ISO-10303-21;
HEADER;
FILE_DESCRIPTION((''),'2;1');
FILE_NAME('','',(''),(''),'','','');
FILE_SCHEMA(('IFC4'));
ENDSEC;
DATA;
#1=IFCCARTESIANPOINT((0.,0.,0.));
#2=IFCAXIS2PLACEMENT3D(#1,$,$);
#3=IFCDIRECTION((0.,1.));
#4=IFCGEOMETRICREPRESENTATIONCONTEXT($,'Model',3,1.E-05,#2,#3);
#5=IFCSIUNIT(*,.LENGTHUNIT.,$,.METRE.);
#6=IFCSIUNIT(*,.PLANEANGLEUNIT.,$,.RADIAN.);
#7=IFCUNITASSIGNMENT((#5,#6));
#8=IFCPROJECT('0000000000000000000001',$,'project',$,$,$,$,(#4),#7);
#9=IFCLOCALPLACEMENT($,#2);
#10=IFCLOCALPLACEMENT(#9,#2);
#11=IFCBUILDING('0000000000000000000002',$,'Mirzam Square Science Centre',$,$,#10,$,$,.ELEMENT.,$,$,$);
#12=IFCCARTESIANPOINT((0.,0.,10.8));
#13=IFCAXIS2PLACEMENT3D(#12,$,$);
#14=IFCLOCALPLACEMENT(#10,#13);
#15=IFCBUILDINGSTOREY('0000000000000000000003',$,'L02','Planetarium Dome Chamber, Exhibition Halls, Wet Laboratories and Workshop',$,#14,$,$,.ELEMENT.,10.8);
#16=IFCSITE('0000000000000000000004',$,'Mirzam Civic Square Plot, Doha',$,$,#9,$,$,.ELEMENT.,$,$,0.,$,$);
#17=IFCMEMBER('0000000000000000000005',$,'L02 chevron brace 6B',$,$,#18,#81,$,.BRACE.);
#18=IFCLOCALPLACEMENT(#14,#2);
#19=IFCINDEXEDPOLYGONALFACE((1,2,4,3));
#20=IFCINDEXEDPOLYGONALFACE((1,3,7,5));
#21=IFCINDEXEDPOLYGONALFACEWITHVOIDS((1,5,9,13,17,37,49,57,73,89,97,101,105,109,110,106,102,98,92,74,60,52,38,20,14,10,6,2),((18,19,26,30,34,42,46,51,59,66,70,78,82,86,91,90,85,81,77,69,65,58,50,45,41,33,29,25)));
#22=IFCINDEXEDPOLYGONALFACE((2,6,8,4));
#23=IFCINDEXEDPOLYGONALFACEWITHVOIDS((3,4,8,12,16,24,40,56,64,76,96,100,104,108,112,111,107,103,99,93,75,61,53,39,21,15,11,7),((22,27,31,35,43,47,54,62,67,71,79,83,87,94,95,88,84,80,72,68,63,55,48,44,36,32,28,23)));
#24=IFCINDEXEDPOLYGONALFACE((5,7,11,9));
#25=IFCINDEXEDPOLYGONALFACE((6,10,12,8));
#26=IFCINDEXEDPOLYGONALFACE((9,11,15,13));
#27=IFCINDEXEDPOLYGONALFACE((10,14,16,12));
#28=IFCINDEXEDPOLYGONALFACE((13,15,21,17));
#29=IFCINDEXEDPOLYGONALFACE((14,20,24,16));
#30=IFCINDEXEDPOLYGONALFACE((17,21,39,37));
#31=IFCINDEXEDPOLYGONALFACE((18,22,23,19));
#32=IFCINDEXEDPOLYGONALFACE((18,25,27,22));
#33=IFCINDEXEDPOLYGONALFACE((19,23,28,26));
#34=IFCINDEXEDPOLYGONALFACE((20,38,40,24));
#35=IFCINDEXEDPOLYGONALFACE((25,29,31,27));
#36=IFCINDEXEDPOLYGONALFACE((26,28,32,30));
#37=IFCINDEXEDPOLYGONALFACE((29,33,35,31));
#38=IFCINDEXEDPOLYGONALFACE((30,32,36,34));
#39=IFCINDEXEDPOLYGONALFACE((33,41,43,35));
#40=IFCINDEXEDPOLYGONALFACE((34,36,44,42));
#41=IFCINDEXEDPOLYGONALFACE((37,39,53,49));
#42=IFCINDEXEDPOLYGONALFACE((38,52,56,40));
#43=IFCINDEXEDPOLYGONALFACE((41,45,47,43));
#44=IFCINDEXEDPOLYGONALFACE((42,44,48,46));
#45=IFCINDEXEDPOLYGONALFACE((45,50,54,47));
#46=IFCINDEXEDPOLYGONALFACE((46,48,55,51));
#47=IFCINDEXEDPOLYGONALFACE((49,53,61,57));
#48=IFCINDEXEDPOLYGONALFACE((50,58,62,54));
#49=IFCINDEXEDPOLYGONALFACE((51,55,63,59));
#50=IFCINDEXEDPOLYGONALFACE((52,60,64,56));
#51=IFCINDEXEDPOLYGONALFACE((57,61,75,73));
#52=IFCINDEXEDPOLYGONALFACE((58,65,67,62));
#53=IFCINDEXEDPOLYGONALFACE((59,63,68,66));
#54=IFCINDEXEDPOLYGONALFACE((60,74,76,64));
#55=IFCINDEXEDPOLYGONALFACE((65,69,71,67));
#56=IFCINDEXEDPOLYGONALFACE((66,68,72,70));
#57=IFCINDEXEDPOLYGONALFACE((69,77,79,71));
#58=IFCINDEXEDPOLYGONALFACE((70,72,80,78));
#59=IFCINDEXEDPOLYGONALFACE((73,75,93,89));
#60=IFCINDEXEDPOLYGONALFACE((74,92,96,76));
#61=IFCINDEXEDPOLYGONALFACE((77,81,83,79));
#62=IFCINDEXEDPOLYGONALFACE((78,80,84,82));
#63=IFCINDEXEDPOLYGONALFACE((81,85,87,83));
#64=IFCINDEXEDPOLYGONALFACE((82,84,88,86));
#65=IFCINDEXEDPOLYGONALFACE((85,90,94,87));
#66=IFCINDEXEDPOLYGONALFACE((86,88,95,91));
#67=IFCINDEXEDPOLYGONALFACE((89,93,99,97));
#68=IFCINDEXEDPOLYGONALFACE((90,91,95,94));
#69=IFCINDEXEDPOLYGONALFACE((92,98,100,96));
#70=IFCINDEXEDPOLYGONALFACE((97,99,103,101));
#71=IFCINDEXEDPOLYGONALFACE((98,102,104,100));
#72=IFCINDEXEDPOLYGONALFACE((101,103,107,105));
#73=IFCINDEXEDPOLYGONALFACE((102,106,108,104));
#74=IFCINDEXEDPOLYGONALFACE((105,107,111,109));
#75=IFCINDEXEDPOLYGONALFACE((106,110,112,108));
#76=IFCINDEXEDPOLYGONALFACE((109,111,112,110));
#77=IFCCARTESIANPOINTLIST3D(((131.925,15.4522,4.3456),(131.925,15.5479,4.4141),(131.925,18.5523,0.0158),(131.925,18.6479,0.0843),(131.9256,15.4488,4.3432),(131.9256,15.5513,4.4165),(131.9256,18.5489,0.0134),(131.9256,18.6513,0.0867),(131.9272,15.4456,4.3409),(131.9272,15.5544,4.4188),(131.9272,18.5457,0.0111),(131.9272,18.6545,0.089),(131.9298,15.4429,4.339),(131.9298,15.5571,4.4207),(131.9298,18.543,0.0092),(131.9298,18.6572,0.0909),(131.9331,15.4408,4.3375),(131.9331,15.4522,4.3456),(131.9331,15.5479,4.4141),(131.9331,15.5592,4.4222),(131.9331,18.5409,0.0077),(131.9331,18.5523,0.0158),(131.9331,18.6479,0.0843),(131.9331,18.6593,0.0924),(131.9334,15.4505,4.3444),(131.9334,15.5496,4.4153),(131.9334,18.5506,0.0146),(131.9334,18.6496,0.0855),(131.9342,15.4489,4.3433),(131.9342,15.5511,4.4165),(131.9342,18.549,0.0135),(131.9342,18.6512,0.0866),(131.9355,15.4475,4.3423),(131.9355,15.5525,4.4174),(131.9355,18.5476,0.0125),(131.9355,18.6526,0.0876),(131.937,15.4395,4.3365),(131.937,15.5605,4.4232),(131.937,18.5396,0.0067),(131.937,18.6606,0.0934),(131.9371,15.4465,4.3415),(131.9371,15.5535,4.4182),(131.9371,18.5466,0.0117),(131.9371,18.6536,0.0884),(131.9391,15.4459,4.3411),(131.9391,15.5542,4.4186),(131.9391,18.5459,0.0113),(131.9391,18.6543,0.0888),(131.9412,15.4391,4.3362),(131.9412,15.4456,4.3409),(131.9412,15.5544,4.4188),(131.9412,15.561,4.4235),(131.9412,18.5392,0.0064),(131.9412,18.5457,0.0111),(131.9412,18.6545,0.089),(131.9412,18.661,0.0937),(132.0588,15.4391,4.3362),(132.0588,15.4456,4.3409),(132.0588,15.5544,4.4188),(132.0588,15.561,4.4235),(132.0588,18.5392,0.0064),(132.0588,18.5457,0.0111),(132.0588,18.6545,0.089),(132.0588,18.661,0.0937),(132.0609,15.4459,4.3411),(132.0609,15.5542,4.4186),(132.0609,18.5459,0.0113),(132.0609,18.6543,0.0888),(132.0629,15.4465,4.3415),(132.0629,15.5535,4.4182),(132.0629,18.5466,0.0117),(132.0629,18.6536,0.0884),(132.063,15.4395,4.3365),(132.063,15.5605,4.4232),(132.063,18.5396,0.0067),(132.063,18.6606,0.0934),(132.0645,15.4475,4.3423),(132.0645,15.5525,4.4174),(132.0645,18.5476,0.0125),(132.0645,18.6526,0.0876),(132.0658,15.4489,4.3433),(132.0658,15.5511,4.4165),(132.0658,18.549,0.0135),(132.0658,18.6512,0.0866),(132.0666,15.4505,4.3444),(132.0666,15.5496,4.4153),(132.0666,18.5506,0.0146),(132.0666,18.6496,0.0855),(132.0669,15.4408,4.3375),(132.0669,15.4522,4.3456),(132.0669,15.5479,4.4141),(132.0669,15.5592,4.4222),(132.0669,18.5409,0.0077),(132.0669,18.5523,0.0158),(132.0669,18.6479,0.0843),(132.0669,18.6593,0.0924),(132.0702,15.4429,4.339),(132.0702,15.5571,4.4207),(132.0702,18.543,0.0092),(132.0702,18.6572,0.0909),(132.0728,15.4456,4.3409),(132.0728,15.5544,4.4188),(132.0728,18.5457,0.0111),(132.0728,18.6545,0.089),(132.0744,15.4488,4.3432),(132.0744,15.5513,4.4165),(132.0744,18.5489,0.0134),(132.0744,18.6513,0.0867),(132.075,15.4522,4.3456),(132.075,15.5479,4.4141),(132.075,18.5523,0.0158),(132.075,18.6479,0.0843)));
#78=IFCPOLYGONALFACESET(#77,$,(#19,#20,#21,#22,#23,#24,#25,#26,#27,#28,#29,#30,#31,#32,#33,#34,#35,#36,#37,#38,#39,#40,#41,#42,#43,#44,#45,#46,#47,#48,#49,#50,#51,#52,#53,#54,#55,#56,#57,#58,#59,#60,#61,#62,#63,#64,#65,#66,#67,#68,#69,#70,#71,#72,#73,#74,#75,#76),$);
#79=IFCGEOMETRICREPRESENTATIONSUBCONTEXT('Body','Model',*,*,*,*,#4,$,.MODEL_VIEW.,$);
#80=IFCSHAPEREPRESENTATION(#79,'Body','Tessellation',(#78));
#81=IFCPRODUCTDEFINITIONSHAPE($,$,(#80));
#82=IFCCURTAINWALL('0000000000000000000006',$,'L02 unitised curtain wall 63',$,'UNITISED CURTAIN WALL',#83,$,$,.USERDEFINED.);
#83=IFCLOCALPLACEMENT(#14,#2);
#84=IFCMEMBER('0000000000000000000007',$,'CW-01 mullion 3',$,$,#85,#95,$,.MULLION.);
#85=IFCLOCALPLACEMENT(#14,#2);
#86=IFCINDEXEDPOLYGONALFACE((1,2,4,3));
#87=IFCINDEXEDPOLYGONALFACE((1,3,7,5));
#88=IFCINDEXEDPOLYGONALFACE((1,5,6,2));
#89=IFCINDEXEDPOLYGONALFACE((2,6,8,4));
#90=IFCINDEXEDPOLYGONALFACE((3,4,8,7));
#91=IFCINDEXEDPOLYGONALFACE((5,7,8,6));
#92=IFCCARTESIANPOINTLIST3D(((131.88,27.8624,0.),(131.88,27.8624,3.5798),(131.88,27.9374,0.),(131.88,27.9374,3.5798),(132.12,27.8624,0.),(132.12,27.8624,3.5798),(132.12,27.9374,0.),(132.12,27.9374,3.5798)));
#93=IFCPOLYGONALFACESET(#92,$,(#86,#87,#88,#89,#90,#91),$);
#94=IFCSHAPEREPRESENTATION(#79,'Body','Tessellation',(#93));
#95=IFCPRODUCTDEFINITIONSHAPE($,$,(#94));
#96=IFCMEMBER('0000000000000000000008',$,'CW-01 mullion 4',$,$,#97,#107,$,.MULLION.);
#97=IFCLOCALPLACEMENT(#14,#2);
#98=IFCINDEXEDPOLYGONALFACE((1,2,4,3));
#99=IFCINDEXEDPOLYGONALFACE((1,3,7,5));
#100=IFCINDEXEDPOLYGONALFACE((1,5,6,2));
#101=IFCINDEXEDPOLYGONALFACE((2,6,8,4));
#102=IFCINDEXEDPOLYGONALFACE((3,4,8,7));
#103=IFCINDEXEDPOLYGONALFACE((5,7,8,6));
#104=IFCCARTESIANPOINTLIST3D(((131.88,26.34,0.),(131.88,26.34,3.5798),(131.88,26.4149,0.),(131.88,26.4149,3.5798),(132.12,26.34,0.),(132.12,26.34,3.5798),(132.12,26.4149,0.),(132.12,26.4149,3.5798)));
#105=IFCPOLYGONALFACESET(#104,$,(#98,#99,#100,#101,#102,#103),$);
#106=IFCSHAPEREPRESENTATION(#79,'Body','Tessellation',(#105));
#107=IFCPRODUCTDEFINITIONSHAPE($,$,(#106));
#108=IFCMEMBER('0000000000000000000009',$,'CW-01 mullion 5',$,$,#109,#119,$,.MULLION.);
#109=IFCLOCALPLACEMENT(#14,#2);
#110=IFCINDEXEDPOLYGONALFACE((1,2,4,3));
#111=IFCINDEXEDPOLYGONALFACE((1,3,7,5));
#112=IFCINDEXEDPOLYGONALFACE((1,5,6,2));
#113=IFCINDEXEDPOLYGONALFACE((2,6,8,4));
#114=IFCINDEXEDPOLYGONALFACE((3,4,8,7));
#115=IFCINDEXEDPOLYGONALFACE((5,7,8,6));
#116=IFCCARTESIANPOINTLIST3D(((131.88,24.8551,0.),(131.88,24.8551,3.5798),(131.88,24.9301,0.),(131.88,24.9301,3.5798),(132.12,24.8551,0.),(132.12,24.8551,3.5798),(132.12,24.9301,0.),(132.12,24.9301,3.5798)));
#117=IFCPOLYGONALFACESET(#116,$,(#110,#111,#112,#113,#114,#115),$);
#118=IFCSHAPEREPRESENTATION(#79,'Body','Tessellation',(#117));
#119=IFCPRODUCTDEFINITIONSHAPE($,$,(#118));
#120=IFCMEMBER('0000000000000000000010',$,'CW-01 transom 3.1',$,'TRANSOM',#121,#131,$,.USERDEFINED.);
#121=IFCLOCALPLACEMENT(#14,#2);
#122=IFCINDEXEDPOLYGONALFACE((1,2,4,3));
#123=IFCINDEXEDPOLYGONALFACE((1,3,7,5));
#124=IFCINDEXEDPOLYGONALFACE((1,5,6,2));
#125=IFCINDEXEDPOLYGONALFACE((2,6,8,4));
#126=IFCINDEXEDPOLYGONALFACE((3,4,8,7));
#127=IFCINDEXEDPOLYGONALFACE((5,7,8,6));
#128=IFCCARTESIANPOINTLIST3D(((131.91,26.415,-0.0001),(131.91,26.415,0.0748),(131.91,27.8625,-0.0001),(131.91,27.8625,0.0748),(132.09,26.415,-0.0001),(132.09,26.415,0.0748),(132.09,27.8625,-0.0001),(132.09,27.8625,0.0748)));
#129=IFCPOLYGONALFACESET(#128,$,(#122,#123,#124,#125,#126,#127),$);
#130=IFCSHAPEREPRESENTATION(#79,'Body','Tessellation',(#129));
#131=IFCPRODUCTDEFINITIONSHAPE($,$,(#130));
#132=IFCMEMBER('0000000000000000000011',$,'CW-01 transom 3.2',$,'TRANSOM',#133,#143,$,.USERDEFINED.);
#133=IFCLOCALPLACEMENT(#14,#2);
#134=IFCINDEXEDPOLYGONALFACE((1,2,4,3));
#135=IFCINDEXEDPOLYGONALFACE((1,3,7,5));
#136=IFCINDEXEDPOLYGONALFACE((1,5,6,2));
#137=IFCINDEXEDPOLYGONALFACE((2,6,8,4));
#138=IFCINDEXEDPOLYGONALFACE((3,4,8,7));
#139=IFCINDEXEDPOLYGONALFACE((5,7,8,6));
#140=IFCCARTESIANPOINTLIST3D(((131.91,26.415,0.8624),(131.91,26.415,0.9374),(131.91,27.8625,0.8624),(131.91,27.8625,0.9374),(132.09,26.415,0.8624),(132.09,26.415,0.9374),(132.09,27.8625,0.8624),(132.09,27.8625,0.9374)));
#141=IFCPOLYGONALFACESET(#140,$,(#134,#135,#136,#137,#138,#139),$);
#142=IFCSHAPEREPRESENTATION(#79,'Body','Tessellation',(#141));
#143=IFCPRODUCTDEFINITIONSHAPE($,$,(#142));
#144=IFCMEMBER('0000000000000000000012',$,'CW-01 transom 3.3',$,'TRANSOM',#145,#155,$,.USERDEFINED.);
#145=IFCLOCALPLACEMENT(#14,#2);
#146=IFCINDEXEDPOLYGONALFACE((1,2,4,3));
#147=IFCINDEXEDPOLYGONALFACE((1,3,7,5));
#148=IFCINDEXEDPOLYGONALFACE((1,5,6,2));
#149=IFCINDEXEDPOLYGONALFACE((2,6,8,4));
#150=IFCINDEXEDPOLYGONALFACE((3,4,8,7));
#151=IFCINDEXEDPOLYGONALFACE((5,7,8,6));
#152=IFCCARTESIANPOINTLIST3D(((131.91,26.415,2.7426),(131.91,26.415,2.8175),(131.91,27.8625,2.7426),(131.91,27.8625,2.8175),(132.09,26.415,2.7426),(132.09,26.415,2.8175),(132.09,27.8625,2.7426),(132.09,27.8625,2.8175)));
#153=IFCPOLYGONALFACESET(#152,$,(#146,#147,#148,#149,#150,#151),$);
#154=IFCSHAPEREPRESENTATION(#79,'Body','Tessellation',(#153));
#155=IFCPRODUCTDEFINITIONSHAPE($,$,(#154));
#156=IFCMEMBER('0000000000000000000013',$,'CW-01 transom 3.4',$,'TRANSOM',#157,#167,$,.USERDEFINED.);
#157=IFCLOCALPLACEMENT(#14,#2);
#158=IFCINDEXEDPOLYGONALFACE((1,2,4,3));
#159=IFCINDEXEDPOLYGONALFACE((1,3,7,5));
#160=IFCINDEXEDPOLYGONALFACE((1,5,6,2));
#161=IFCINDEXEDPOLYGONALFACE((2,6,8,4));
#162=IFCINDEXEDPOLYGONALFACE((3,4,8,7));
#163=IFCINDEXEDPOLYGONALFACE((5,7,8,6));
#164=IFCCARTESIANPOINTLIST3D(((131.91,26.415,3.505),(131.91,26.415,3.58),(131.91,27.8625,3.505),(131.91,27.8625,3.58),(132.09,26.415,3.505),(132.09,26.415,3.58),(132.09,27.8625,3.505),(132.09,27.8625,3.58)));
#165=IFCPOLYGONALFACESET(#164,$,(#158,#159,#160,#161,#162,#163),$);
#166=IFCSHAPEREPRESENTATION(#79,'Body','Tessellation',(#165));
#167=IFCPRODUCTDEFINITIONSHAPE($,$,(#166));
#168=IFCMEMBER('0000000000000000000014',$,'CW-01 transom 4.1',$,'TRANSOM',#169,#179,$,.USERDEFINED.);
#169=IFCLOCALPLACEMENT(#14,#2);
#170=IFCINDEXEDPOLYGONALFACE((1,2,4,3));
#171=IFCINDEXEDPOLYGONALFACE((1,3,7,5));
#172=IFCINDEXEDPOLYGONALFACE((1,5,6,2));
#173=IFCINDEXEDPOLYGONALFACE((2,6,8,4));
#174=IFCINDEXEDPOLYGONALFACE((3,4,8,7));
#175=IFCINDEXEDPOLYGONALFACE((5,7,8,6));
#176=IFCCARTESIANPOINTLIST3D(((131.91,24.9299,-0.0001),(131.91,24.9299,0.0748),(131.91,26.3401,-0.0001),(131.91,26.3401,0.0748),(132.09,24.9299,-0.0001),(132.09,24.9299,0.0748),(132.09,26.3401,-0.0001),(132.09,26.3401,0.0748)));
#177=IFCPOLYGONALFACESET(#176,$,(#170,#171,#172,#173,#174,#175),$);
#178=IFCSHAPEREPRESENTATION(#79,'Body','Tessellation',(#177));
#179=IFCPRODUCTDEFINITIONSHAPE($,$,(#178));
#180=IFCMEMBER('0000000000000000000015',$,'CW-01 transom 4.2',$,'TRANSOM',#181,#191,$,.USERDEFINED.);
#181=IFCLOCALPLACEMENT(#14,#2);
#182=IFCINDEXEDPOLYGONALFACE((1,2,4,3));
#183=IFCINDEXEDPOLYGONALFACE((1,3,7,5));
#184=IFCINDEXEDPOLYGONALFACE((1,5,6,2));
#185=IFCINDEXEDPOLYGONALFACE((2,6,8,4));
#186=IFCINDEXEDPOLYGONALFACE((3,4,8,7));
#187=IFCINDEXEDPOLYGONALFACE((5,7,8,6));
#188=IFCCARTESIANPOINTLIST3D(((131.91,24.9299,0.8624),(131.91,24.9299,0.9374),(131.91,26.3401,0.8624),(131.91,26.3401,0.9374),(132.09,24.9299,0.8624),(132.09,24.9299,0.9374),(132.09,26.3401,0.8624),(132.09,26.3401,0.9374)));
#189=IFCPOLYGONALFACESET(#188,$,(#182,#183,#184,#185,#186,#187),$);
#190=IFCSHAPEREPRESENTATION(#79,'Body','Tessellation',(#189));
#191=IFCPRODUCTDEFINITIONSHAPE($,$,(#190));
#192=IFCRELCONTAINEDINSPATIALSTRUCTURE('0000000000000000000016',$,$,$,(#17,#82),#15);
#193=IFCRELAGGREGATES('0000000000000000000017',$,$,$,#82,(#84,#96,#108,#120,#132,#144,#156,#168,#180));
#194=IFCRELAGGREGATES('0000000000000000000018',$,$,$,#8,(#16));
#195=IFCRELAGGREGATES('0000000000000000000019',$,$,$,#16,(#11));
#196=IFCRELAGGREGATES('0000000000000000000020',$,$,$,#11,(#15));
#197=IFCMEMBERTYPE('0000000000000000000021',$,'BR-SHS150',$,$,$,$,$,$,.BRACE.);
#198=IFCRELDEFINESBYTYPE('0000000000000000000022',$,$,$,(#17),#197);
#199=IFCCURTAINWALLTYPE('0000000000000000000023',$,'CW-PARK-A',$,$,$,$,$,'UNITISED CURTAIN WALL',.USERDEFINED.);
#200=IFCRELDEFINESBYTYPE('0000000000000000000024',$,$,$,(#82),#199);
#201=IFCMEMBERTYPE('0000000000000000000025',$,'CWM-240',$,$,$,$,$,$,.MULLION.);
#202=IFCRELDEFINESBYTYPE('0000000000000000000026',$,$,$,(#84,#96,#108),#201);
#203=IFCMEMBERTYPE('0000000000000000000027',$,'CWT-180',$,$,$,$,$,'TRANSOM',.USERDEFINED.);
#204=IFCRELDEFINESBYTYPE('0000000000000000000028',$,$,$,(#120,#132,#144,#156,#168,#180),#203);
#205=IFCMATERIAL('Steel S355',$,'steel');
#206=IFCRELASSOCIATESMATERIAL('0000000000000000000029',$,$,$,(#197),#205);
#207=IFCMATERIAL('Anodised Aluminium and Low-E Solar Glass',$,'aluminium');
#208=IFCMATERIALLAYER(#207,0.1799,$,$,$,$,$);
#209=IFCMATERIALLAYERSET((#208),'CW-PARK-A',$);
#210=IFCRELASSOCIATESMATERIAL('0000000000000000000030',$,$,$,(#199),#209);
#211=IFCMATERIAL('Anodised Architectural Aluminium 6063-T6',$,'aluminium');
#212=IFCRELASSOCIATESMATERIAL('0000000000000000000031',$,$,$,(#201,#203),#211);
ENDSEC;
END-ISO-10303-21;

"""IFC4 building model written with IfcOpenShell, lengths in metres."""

from ifc_helpers import new_model, si_unit, direction, frame, origin, origin_2d, place, context, subcontext, project, spatial, rectangle, hollow_rectangle, extrude, material, layer, layer_set, material_profile, profile_set, type_object, element, aggregate, save


model = new_model("IFC4")

# Units and contexts
model_context = context("Model", 3, precision=1e-05, world=origin(), true_north=direction((0.0, 1.0)))
body_context = subcontext(model_context, "Body", "Model", "MODEL_VIEW")
ifc_project = project(units=[si_unit("LENGTHUNIT", "METRE"), si_unit("PLANEANGLEUNIT", "RADIAN")], contexts=[model_context])

# Site, building, storey
site_placement = place(None, origin())
site = spatial("IfcSite", under=ifc_project, at=site_placement, Name="Mirzam Civic Square Plot, Doha", CompositionType="ELEMENT", RefElevation=0.0)
building_placement = place(site_placement, origin())
building = spatial("IfcBuilding", under=site, at=building_placement, Name="Mirzam Square Science Centre", CompositionType="ELEMENT")
storey_placement = place(building_placement, frame((0.0, 0.0, 10.8)))
storey = spatial("IfcBuildingStorey", under=building, at=storey_placement, Name="L02", Description="Planetarium Dome Chamber, Exhibition Halls, Wet Laboratories and Workshop", CompositionType="ELEMENT", Elevation=10.8)

# Shared definitions
ifc_material_1 = material(Name="Steel S355", Category="steel")

# Member
ifc_material_profile_1 = material_profile(ifc_material_1, hollow_rectangle(XDim=0.1499, YDim=0.1499, WallThickness=0.0081, InnerFilletRadius=0.0081, OuterFilletRadius=0.0161, at=origin_2d()), Name="150x150x8.0SHS")
ifc_profile_set_1 = profile_set([ifc_material_profile_1], Name="Steel S355")
member_type_1 = type_object("IfcMemberType", Name="BR-SHS150", PredefinedType="BRACE", material=ifc_profile_set_1)
member_1_placement = place(storey_placement, frame((132.0, 18.6001, 0.05), z_axis=(0.0, -0.582153, 0.813079), x_axis=(1.0, 0.0, 0.0)))
element("IfcMember", 1, at=member_1_placement, inside=storey, type_object=member_type_1, Name="L02 chevron brace 6B", PredefinedType="BRACE", context=body_context, shape_type="SweptSolid", body=[
    extrude(hollow_rectangle(XDim=0.1499, YDim=0.1499, WallThickness=0.0081, InnerFilletRadius=0.0081, OuterFilletRadius=0.0161, at=origin_2d()), origin(), (0.0, 0.0, 1.0), 5.3252),
])

# Curtain wall, members
ifc_material_2 = material(Name="Anodised Aluminium and Low-E Solar Glass", Category="aluminium")
ifc_layer_1 = layer(ifc_material_2, 0.1799)
ifc_layer_set_1 = layer_set([ifc_layer_1], Name="CW-PARK-A")
curtain_wall_type = type_object("IfcCurtainWallType", Name="CW-PARK-A", ElementType="UNITISED CURTAIN WALL", PredefinedType="USERDEFINED", material=ifc_layer_set_1)
curtain_wall_placement = place(storey_placement, origin())
curtain_wall = element("IfcCurtainWall", 2, at=curtain_wall_placement, inside=storey, type_object=curtain_wall_type, Name="L02 unitised curtain wall 63", ObjectType="UNITISED CURTAIN WALL", PredefinedType="USERDEFINED")
ifc_material_3 = material(Name="Anodised Architectural Aluminium 6063-T6", Category="aluminium")
ifc_material_profile_2 = material_profile(ifc_material_3, rectangle(XDim=0.075, YDim=0.24, at=origin_2d()), Name="ALU-MULL-240x75x5")
ifc_profile_set_2 = profile_set([ifc_material_profile_2], Name="Anodised Architectural Aluminium 6063-T6")
member_type_2 = type_object("IfcMemberType", Name="CWM-240", PredefinedType="MULLION", material=ifc_profile_set_2)
member_2_placement = place(storey_placement, frame((132.0, 27.8999, 0.0), z_axis=(0.0, 0.0, 1.0), x_axis=(0.0, -1.0, 0.0)))
member_2 = element("IfcMember", 3, at=member_2_placement, type_object=member_type_2, Name="CW-01 mullion 3", PredefinedType="MULLION", context=body_context, shape_type="SweptSolid", body=[
    extrude(rectangle(XDim=0.075, YDim=0.24, at=origin_2d()), origin(), (0.0, 0.0, 1.0), 3.5798),
])
member_3_placement = place(storey_placement, frame((132.0, 26.3774, 0.0), z_axis=(0.0, 0.0, 1.0), x_axis=(0.0, -1.0, 0.0)))
member_3 = element("IfcMember", 4, at=member_3_placement, type_object=member_type_2, Name="CW-01 mullion 4", PredefinedType="MULLION", context=body_context, shape_type="SweptSolid", body=[
    extrude(rectangle(XDim=0.075, YDim=0.24, at=origin_2d()), origin(), (0.0, 0.0, 1.0), 3.5798),
])
member_4_placement = place(storey_placement, frame((132.0, 24.8926, 0.0), z_axis=(0.0, 0.0, 1.0), x_axis=(0.0, -1.0, 0.0)))
member_4 = element("IfcMember", 5, at=member_4_placement, type_object=member_type_2, Name="CW-01 mullion 5", PredefinedType="MULLION", context=body_context, shape_type="SweptSolid", body=[
    extrude(rectangle(XDim=0.075, YDim=0.24, at=origin_2d()), origin(), (0.0, 0.0, 1.0), 3.5798),
])
ifc_material_profile_3 = material_profile(ifc_material_3, rectangle(XDim=0.1799, YDim=0.075, at=origin_2d()), Name="ALU-TRAN-180x75x5")
ifc_profile_set_3 = profile_set([ifc_material_profile_3], Name="Anodised Architectural Aluminium 6063-T6")
member_type_3 = type_object("IfcMemberType", Name="CWT-180", ElementType="TRANSOM", PredefinedType="USERDEFINED", material=ifc_profile_set_3)
member_5_placement = place(storey_placement, frame((132.0, 27.8625, 0.0374), z_axis=(0.0, -1.0, 0.0), x_axis=(1.0, 0.0, 0.0)))
member_5 = element("IfcMember", 6, at=member_5_placement, type_object=member_type_3, Name="CW-01 transom 3.1", ObjectType="TRANSOM", PredefinedType="USERDEFINED", context=body_context, shape_type="SweptSolid", body=[
    extrude(rectangle(XDim=0.1799, YDim=0.075, at=origin_2d()), origin(), (0.0, 0.0, 1.0), 1.4475),
])
member_6_placement = place(storey_placement, frame((132.0, 27.8625, 0.8999), z_axis=(0.0, -1.0, 0.0), x_axis=(1.0, 0.0, 0.0)))
member_6 = element("IfcMember", 7, at=member_6_placement, type_object=member_type_3, Name="CW-01 transom 3.2", ObjectType="TRANSOM", PredefinedType="USERDEFINED", context=body_context, shape_type="SweptSolid", body=[
    extrude(rectangle(XDim=0.1799, YDim=0.075, at=origin_2d()), origin(), (0.0, 0.0, 1.0), 1.4475),
])
member_7_placement = place(storey_placement, frame((132.0, 27.8625, 2.78), z_axis=(0.0, -1.0, 0.0), x_axis=(1.0, 0.0, 0.0)))
member_7 = element("IfcMember", 8, at=member_7_placement, type_object=member_type_3, Name="CW-01 transom 3.3", ObjectType="TRANSOM", PredefinedType="USERDEFINED", context=body_context, shape_type="SweptSolid", body=[
    extrude(rectangle(XDim=0.1799, YDim=0.075, at=origin_2d()), origin(), (0.0, 0.0, 1.0), 1.4475),
])
member_8_placement = place(storey_placement, frame((132.0, 27.8625, 3.5425), z_axis=(0.0, -1.0, 0.0), x_axis=(1.0, 0.0, 0.0)))
member_8 = element("IfcMember", 9, at=member_8_placement, type_object=member_type_3, Name="CW-01 transom 3.4", ObjectType="TRANSOM", PredefinedType="USERDEFINED", context=body_context, shape_type="SweptSolid", body=[
    extrude(rectangle(XDim=0.1799, YDim=0.075, at=origin_2d()), origin(), (0.0, 0.0, 1.0), 1.4475),
])
member_9_placement = place(storey_placement, frame((132.0, 26.3401, 0.0374), z_axis=(0.0, -1.0, 0.0), x_axis=(1.0, 0.0, 0.0)))
member_9 = element("IfcMember", 10, at=member_9_placement, type_object=member_type_3, Name="CW-01 transom 4.1", ObjectType="TRANSOM", PredefinedType="USERDEFINED", context=body_context, shape_type="SweptSolid", body=[
    extrude(rectangle(XDim=0.1799, YDim=0.075, at=origin_2d()), origin(), (0.0, 0.0, 1.0), 1.4102),
])
member_10_placement = place(storey_placement, frame((132.0, 26.3401, 0.8999), z_axis=(0.0, -1.0, 0.0), x_axis=(1.0, 0.0, 0.0)))
member_10 = element("IfcMember", 11, at=member_10_placement, type_object=member_type_3, Name="CW-01 transom 4.2", ObjectType="TRANSOM", PredefinedType="USERDEFINED", context=body_context, shape_type="SweptSolid", body=[
    extrude(rectangle(XDim=0.1799, YDim=0.075, at=origin_2d()), origin(), (0.0, 0.0, 1.0), 1.4102),
])

aggregate(curtain_wall, [member_2, member_3, member_4, member_5, member_6, member_7, member_8, member_9, member_10])

save(model, "model.ifc")
